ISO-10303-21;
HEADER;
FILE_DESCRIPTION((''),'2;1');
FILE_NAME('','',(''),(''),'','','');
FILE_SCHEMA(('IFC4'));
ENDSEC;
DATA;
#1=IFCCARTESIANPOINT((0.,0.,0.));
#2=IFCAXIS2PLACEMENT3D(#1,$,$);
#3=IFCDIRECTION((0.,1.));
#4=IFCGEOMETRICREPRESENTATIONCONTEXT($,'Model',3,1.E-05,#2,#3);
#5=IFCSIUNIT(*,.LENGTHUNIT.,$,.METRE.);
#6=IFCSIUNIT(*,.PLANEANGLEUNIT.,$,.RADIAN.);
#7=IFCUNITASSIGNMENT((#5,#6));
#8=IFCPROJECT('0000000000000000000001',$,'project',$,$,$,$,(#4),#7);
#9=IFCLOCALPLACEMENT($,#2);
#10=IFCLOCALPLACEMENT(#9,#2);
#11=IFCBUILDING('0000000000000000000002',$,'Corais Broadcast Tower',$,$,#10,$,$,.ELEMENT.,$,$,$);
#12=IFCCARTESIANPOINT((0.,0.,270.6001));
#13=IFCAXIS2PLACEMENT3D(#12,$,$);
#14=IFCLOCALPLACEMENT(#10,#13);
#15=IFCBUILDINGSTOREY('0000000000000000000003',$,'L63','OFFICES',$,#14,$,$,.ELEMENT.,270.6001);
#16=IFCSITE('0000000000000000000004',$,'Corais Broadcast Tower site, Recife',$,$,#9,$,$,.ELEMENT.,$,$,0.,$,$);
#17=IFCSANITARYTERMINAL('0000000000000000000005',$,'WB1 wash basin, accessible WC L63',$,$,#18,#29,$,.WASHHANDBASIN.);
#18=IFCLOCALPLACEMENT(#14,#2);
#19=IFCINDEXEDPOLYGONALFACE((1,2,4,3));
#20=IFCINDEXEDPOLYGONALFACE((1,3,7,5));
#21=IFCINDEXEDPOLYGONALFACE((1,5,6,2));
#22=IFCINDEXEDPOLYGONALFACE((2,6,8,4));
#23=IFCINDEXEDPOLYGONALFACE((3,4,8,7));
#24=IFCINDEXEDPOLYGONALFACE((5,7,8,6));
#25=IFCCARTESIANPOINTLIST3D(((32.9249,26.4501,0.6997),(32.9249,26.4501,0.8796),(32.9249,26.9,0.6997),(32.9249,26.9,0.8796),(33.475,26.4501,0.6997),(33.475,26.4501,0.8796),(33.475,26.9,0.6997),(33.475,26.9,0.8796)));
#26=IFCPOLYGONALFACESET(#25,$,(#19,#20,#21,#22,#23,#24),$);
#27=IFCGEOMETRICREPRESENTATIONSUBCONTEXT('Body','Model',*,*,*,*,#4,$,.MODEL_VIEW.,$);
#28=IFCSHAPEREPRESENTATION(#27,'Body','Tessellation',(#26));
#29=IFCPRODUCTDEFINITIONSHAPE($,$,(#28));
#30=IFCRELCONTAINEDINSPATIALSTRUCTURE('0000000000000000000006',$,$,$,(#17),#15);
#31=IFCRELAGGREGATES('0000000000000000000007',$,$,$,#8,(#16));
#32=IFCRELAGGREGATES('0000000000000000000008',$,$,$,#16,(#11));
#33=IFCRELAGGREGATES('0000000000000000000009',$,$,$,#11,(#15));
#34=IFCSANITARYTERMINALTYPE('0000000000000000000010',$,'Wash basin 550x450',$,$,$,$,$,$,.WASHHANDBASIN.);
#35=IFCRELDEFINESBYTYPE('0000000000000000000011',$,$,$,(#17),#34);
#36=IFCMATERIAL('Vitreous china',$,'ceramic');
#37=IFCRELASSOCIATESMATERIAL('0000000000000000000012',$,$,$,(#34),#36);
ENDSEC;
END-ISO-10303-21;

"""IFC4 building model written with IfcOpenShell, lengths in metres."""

from ifc_helpers import new_model, si_unit, direction, frame, origin, origin_2d, place, context, subcontext, project, spatial, rectangle, extrude, material, type_object, element, save


model = new_model("IFC4")

# Units and contexts
model_context = context("Model", 3, precision=1e-05, world=origin(), true_north=direction((0.0, 1.0)))
body_context = subcontext(model_context, "Body", "Model", "MODEL_VIEW")
ifc_project = project(units=[si_unit("LENGTHUNIT", "METRE"), si_unit("PLANEANGLEUNIT", "RADIAN")], contexts=[model_context])

# Site, building, storey
site_placement = place(None, origin())
site = spatial("IfcSite", under=ifc_project, at=site_placement, Name="Corais Broadcast Tower site, Recife", CompositionType="ELEMENT", RefElevation=0.0)
building_placement = place(site_placement, origin())
building = spatial("IfcBuilding", under=site, at=building_placement, Name="Corais Broadcast Tower", CompositionType="ELEMENT")
storey_placement = place(building_placement, frame((0.0, 0.0, 270.6001)))
storey = spatial("IfcBuildingStorey", under=building, at=storey_placement, Name="L63", Description="OFFICES", CompositionType="ELEMENT", Elevation=270.6001)

# Sanitary terminal
ifc_material_1 = material(Name="Vitreous china", Category="ceramic")
sanitary_terminal_type_1 = type_object("IfcSanitaryTerminalType", Name="Wash basin 550x450", PredefinedType="WASHHANDBASIN", material=ifc_material_1)
sanitary_terminal_placement = place(storey_placement, frame((33.2, 26.675, 0.6997), z_axis=(0.0, 0.0, 1.0), x_axis=(1.0, 0.0, 0.0)))
element("IfcSanitaryTerminal", 1, at=sanitary_terminal_placement, inside=storey, type_object=sanitary_terminal_type_1, Name="WB1 wash basin, accessible WC L63", PredefinedType="WASHHANDBASIN", context=body_context, shape_type="SweptSolid", body=[
    extrude(rectangle(XDim=0.55, YDim=0.45, at=origin_2d()), origin(), (0.0, 0.0, 1.0), 0.1799),
])

save(model, "model.ifc")
